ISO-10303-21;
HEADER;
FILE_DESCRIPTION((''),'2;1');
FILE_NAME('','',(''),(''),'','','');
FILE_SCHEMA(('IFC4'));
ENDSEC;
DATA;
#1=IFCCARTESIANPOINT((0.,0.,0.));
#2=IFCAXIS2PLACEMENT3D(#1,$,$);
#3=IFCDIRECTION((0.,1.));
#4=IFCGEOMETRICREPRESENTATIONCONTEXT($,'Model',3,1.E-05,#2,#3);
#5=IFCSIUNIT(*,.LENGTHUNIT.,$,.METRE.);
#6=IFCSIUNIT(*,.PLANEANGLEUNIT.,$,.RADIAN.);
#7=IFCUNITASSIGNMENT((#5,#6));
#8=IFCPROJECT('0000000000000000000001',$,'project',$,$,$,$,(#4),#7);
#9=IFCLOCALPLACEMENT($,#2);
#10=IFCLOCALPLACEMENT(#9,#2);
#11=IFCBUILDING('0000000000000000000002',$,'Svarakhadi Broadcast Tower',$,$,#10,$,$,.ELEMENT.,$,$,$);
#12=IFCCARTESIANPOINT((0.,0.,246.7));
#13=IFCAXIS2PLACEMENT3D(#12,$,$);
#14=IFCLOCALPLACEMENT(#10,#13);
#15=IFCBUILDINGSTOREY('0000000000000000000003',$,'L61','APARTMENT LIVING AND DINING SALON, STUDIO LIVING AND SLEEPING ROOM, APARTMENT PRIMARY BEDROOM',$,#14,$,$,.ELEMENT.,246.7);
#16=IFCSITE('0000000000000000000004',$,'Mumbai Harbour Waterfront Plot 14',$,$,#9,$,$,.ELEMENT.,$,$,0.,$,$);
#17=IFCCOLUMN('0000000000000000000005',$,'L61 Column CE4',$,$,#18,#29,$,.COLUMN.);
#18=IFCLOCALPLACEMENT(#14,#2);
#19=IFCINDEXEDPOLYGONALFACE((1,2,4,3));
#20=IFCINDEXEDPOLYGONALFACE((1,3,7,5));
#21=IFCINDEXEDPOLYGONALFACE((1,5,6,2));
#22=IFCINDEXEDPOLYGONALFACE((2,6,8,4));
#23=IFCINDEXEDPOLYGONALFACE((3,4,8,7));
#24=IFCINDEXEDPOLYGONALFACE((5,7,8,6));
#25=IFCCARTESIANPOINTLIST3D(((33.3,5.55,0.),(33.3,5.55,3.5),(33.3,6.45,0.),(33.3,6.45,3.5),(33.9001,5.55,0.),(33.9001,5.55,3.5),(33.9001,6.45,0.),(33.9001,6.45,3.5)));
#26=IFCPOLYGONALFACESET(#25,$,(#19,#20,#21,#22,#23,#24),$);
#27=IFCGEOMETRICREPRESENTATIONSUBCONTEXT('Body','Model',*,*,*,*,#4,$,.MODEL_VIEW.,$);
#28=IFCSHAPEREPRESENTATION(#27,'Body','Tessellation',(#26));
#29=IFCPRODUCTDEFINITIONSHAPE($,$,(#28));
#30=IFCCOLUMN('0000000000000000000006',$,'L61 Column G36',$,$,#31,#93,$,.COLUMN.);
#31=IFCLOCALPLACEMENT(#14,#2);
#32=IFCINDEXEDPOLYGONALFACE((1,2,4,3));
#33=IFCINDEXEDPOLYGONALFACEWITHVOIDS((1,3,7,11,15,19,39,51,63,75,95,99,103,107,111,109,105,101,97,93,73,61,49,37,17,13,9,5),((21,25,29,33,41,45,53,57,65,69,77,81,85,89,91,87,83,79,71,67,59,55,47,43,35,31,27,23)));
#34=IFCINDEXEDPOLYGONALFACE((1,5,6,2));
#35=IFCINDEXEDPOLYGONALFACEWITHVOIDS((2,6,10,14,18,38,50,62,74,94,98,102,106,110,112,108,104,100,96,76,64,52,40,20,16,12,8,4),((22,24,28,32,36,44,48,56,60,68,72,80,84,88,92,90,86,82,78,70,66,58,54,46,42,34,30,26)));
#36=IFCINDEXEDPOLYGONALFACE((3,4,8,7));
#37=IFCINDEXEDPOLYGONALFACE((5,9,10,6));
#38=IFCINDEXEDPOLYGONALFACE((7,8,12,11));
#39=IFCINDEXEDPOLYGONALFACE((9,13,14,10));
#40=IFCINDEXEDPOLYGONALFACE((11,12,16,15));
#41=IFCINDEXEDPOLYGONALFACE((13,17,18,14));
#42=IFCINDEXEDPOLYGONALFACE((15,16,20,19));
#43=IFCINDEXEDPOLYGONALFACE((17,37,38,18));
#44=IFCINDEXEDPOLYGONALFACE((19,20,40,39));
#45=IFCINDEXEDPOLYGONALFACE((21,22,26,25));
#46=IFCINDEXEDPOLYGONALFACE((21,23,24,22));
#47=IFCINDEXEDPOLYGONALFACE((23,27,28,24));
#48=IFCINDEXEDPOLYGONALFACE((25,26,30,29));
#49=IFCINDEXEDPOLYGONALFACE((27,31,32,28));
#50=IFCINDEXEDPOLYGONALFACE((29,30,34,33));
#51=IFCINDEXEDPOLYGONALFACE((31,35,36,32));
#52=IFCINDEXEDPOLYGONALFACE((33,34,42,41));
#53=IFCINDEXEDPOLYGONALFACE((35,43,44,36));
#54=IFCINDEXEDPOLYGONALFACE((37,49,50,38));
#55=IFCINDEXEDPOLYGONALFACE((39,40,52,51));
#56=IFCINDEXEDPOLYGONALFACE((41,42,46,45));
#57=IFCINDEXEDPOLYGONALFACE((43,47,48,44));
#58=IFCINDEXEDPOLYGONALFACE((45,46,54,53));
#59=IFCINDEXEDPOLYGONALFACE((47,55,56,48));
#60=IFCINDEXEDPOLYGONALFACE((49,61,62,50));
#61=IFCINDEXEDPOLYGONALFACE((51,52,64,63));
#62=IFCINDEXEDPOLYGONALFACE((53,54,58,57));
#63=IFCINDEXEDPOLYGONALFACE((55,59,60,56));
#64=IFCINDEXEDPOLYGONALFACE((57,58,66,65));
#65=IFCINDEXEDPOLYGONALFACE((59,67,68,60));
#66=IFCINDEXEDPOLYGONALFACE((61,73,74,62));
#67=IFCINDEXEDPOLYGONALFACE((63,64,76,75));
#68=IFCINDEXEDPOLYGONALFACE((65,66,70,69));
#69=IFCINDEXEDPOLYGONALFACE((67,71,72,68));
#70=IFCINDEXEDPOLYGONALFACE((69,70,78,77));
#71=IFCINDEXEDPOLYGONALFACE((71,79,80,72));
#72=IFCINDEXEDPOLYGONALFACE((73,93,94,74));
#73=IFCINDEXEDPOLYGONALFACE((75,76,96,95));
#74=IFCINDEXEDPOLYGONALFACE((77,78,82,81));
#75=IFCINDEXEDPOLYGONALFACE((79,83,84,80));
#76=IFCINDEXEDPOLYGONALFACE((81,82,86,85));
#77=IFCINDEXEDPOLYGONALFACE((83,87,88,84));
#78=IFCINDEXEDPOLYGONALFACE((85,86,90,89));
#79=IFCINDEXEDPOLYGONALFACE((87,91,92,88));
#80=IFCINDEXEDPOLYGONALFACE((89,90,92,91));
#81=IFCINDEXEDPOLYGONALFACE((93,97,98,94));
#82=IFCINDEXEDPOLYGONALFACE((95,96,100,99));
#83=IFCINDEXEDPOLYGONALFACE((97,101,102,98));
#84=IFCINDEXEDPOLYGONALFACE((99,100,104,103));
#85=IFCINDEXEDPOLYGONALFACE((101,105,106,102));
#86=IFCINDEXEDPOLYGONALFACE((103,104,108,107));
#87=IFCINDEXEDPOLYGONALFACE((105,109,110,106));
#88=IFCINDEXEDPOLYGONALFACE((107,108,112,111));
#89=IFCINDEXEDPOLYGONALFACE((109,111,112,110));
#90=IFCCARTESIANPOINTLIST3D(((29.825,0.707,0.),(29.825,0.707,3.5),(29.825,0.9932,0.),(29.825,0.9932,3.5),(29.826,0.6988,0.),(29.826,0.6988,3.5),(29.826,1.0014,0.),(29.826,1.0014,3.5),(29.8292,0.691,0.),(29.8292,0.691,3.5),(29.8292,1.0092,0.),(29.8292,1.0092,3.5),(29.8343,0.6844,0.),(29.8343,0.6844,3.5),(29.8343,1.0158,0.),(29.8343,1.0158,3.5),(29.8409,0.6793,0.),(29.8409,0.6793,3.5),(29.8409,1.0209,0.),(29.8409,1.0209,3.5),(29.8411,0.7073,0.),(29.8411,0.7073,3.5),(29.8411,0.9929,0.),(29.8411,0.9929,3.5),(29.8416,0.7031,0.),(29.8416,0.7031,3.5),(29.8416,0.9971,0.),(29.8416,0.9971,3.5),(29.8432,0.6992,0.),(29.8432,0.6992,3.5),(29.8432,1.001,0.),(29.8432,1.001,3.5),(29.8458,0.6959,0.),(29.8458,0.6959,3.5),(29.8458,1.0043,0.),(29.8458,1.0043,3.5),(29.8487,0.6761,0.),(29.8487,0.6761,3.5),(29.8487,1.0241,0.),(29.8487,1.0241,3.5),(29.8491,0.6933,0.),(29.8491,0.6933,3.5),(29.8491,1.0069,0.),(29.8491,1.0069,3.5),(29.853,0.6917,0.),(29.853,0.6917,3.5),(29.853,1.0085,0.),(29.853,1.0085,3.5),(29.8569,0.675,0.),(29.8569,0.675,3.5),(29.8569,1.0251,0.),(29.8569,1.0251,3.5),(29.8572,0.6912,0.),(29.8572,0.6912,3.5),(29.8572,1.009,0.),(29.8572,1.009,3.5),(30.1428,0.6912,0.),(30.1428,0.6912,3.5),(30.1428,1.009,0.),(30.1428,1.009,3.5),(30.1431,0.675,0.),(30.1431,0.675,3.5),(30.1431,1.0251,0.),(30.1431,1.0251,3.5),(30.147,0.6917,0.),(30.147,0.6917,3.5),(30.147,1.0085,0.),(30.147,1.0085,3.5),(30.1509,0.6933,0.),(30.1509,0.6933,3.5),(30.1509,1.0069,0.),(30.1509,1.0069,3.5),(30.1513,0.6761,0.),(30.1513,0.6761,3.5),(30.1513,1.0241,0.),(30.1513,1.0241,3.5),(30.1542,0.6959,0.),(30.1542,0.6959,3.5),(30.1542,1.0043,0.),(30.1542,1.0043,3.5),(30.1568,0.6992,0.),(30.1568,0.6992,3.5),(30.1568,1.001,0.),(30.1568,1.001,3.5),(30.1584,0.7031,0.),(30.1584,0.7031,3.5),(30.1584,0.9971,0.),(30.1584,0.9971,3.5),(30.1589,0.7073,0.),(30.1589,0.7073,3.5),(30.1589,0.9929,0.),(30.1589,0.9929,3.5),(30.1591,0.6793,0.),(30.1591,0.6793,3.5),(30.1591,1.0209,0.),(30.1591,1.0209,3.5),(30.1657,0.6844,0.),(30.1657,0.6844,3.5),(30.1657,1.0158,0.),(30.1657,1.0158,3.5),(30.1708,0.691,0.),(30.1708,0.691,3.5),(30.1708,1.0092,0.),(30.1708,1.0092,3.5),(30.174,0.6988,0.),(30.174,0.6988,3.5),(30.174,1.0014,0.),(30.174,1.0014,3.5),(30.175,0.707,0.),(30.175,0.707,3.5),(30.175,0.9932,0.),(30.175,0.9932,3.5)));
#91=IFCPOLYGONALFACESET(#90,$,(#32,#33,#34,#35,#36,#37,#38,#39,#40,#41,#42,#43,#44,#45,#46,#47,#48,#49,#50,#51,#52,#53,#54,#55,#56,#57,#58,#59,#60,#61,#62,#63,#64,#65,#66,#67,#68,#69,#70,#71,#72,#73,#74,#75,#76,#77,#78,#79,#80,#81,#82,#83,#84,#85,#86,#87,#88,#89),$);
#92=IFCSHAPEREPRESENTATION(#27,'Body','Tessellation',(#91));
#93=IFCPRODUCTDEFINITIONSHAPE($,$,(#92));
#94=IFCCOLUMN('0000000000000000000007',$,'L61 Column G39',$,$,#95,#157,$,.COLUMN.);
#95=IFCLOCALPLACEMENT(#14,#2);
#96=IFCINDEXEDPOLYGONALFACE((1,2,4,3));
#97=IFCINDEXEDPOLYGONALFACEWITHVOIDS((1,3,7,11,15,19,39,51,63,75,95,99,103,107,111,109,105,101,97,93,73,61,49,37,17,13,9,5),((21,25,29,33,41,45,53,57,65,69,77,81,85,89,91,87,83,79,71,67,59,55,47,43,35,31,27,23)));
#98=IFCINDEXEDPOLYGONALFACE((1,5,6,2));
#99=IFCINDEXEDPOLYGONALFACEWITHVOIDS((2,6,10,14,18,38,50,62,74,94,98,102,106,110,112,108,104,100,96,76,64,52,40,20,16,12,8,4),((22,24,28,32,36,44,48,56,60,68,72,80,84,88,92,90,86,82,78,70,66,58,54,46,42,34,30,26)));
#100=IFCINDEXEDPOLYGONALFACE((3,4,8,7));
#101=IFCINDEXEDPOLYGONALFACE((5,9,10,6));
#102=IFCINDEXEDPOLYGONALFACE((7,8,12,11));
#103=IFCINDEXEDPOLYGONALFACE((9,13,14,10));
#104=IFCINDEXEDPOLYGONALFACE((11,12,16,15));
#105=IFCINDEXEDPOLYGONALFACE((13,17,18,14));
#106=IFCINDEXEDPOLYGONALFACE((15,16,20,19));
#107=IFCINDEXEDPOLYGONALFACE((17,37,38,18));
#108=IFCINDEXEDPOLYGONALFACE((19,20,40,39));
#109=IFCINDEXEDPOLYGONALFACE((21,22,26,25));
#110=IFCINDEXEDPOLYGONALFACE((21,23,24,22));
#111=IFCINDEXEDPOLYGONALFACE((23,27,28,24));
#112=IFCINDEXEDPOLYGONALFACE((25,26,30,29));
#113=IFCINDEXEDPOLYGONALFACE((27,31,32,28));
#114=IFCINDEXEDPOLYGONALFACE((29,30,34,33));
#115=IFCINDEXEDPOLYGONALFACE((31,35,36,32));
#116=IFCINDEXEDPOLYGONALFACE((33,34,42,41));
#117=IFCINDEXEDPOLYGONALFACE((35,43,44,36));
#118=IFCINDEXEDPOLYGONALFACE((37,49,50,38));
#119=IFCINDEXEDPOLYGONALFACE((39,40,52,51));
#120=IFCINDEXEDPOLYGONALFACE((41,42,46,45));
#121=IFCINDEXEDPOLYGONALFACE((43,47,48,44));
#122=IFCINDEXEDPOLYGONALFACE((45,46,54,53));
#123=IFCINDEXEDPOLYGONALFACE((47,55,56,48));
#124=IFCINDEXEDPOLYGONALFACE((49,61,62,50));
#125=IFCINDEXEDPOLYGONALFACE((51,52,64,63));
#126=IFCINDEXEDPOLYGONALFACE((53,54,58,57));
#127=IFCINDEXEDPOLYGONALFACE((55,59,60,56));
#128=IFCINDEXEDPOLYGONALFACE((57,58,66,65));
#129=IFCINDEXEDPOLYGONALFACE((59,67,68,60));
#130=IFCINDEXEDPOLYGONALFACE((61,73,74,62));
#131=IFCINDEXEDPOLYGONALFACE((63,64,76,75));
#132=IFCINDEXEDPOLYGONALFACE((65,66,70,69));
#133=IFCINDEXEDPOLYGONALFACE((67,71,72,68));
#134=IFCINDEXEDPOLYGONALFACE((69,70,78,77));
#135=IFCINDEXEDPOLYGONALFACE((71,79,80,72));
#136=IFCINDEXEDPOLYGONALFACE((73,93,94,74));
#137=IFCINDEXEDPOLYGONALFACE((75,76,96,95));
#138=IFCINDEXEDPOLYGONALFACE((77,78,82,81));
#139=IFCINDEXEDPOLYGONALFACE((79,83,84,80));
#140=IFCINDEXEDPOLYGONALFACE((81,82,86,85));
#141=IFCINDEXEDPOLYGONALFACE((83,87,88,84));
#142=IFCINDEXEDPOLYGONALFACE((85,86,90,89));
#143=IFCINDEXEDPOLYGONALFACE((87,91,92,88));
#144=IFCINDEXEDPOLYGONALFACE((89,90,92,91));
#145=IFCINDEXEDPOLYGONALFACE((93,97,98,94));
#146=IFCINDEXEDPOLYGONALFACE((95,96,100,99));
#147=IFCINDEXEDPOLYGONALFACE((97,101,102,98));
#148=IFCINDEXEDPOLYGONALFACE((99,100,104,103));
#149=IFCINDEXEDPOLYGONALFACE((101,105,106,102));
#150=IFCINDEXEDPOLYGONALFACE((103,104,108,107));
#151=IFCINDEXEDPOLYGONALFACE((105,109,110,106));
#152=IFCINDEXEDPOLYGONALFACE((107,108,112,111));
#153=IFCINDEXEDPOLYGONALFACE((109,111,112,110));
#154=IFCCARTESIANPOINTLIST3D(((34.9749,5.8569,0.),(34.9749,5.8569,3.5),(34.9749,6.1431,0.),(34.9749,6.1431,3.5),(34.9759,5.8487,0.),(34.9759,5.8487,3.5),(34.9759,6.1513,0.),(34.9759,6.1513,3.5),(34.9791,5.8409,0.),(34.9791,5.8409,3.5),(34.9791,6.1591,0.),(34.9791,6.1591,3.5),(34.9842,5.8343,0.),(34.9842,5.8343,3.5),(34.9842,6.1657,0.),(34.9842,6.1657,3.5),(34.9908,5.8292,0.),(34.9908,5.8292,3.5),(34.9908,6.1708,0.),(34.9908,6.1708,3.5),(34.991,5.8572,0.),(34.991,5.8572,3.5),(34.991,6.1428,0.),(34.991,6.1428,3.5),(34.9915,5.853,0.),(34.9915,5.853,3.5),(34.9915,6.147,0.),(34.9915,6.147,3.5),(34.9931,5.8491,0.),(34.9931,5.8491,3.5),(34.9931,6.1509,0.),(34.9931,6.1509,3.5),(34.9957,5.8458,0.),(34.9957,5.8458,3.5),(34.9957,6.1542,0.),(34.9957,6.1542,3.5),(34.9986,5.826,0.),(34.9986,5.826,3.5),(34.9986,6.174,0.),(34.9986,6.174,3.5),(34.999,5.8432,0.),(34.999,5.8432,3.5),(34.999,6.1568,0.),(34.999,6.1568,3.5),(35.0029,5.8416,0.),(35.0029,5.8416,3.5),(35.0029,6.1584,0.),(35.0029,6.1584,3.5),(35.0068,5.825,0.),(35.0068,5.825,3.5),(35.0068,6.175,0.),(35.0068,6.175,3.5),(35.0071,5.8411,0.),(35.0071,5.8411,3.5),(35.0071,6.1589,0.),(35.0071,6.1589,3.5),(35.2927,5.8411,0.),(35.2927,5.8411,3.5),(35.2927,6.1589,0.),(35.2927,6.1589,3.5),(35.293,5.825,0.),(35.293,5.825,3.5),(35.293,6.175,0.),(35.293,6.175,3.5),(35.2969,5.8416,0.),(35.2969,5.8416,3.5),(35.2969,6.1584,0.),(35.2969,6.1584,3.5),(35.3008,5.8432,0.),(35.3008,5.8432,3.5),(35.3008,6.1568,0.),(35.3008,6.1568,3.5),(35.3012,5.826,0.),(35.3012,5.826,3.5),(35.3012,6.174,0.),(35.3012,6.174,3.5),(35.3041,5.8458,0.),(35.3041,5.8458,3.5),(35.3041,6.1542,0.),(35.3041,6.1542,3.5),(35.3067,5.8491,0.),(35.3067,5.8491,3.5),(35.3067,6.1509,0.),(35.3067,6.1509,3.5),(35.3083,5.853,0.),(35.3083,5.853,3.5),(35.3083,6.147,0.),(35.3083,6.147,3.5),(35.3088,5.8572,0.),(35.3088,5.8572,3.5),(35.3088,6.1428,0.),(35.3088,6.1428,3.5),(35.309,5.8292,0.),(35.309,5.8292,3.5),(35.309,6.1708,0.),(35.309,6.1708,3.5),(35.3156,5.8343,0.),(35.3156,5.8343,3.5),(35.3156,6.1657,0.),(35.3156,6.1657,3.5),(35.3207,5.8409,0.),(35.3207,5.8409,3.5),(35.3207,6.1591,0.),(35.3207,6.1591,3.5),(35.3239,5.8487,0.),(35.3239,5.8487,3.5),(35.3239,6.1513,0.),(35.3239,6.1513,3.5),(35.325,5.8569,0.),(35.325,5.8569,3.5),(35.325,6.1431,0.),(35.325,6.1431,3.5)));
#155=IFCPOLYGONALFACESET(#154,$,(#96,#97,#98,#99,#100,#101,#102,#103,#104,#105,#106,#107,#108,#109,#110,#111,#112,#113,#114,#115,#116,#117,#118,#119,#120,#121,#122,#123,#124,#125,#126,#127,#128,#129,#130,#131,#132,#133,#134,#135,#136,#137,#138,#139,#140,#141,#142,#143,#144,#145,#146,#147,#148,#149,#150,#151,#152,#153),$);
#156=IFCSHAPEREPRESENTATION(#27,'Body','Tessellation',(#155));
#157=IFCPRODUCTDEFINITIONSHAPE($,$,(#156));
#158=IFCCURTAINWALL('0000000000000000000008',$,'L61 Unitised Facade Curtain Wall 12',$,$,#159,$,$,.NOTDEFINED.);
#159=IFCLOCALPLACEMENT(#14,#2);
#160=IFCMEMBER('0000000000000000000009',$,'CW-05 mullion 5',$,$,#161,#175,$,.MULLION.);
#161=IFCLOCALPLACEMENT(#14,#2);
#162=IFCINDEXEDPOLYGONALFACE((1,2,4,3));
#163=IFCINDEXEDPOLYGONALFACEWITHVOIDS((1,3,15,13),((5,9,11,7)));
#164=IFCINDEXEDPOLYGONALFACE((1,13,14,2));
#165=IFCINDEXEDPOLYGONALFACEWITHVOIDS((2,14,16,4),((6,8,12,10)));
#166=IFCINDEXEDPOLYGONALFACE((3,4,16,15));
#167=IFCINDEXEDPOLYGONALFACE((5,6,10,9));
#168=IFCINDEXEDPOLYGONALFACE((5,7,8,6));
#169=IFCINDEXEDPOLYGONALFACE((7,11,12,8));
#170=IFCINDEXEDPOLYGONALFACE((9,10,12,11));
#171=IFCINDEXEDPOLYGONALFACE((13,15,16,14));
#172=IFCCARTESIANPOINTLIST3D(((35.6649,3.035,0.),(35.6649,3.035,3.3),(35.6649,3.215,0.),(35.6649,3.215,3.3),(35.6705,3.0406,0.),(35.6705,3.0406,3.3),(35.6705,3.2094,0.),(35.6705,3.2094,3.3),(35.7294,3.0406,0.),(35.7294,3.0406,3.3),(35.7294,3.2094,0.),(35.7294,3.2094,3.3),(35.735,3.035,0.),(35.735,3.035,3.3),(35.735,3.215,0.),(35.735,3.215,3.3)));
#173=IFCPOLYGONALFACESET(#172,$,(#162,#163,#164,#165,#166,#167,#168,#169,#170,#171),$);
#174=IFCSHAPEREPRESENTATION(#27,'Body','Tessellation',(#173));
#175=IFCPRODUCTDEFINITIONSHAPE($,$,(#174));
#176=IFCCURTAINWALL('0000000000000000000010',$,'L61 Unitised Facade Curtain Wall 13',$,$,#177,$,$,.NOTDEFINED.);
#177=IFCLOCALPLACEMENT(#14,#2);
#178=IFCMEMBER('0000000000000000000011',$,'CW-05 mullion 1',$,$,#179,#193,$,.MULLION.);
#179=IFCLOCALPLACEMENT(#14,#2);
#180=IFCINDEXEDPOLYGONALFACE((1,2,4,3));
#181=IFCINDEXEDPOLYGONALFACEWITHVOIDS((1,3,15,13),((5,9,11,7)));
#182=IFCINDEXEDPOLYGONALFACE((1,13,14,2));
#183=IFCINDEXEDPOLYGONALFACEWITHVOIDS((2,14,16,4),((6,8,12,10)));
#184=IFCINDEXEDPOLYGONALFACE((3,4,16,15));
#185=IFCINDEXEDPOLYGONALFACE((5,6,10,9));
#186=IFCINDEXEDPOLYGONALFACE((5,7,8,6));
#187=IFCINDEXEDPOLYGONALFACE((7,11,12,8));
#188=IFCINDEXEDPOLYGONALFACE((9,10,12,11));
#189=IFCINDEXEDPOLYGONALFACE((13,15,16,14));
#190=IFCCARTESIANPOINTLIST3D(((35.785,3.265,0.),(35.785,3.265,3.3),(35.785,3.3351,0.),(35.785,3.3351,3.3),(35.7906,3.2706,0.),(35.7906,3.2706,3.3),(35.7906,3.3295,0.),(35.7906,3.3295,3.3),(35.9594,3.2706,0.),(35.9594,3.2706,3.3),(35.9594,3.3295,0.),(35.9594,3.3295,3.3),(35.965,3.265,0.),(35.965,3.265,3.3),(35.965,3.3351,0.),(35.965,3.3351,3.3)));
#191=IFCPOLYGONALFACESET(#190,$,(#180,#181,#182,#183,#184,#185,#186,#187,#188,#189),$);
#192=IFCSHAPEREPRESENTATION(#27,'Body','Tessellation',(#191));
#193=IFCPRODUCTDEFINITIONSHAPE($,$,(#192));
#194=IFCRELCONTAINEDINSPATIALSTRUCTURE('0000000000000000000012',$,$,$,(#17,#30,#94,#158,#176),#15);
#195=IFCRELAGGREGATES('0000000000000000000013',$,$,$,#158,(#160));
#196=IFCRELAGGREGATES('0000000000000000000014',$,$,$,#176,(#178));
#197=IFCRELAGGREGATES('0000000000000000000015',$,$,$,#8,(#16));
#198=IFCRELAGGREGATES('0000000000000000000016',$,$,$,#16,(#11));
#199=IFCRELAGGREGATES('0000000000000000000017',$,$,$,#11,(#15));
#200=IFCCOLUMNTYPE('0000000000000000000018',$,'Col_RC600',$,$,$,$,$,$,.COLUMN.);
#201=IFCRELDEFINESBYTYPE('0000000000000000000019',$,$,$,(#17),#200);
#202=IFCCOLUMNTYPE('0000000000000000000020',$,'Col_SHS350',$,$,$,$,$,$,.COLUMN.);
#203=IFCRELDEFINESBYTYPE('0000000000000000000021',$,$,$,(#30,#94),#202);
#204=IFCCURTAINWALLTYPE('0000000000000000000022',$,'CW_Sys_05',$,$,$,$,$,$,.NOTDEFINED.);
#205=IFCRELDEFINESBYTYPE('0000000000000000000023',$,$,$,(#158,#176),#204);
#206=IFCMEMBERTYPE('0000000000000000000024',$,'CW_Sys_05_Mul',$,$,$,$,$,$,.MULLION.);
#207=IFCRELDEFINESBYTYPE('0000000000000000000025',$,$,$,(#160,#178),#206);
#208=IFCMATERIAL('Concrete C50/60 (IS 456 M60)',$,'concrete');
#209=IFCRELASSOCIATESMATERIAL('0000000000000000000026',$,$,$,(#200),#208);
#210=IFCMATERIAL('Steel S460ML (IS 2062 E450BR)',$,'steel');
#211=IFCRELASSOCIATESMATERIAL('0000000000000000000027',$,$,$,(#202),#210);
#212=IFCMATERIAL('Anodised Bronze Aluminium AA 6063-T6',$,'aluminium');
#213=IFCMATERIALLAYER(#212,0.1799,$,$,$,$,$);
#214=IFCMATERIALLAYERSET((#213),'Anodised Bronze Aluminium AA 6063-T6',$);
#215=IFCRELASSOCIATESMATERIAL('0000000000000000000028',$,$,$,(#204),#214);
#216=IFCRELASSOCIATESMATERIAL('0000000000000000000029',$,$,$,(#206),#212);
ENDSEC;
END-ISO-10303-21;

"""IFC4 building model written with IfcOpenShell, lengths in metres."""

from ifc_helpers import new_model, si_unit, direction, frame, origin, origin_2d, place, context, subcontext, project, spatial, rectangle, hollow_rectangle, extrude, material, layer, layer_set, material_profile, profile_set, type_object, element, aggregate, save


model = new_model("IFC4")

# Units and contexts
model_context = context("Model", 3, precision=1e-05, world=origin(), true_north=direction((0.0, 1.0)))
body_context = subcontext(model_context, "Body", "Model", "MODEL_VIEW")
ifc_project = project(units=[si_unit("LENGTHUNIT", "METRE"), si_unit("PLANEANGLEUNIT", "RADIAN")], contexts=[model_context])

# Site, building, storey
site_placement = place(None, origin())
site = spatial("IfcSite", under=ifc_project, at=site_placement, Name="Mumbai Harbour Waterfront Plot 14", CompositionType="ELEMENT", RefElevation=0.0)
building_placement = place(site_placement, origin())
building = spatial("IfcBuilding", under=site, at=building_placement, Name="Svarakhadi Broadcast Tower", CompositionType="ELEMENT")
storey_placement = place(building_placement, frame((0.0, 0.0, 246.7)))
storey = spatial("IfcBuildingStorey", under=building, at=storey_placement, Name="L61", Description="APARTMENT LIVING AND DINING SALON, STUDIO LIVING AND SLEEPING ROOM, APARTMENT PRIMARY BEDROOM", CompositionType="ELEMENT", Elevation=246.7)

# Columns
ifc_material_1 = material(Name="Concrete C50/60 (IS 456 M60)", Category="concrete")
ifc_material_profile_1 = material_profile(ifc_material_1, rectangle(XDim=0.6001, YDim=0.8999, at=origin_2d()), Name="RC 600x900")
ifc_profile_set_1 = profile_set([ifc_material_profile_1], Name="Concrete C50/60 (IS 456 M60)")
column_type_1 = type_object("IfcColumnType", Name="Col_RC600", PredefinedType="COLUMN", material=ifc_profile_set_1)
column_placement = place(storey_placement, frame((33.6001, 6.0, 0.0), z_axis=(0.0, 0.0, 1.0), x_axis=(1.0, 0.0, 0.0)))
element("IfcColumn", 1, at=column_placement, inside=storey, type_object=column_type_1, Name="L61 Column CE4", PredefinedType="COLUMN", context=body_context, shape_type="SweptSolid", body=[
    extrude(rectangle(XDim=0.6001, YDim=0.8999, at=origin_2d()), origin(), (0.0, 0.0, 1.0), 3.5),
])
ifc_material_2 = material(Name="Steel S460ML (IS 2062 E450BR)", Category="steel")
ifc_material_profile_2 = material_profile(ifc_material_2, hollow_rectangle(XDim=0.3501, YDim=0.3501, WallThickness=0.0161, InnerFilletRadius=0.0161, OuterFilletRadius=0.032, at=origin_2d()), Name="SHS 350x350x16")
ifc_profile_set_2 = profile_set([ifc_material_profile_2], Name="Steel S460ML (IS 2062 E450BR)")
column_type_2 = type_object("IfcColumnType", Name="Col_SHS350", PredefinedType="COLUMN", material=ifc_profile_set_2)
for number, where, z_axis, x_axis, name in (
    (2, (30.0, 0.8501, 0.0), (0.0, 0.0, 1.0), (1.0, 0.0, 0.0), "L61 Column G36"),
    (3, (35.1499, 6.0, 0.0), (0.0, 0.0, 1.0), (1.0, 0.0, 0.0), "L61 Column G39"),
):
    element("IfcColumn", number, at=place(storey_placement, frame(where, z_axis=z_axis, x_axis=x_axis)), inside=storey, type_object=column_type_2, Name=name, PredefinedType="COLUMN", context=body_context, shape_type="SweptSolid", body=[
        extrude(hollow_rectangle(XDim=0.3501, YDim=0.3501, WallThickness=0.0161, InnerFilletRadius=0.0161, OuterFilletRadius=0.032, at=origin_2d()), origin(), (0.0, 0.0, 1.0), 3.5),
    ])

# Curtain wall, member
ifc_material_3 = material(Name="Anodised Bronze Aluminium AA 6063-T6", Category="aluminium")
ifc_layer_1 = layer(ifc_material_3, 0.1799)
ifc_layer_set_1 = layer_set([ifc_layer_1], Name="Anodised Bronze Aluminium AA 6063-T6")
curtain_wall_type = type_object("IfcCurtainWallType", Name="CW_Sys_05", PredefinedType="NOTDEFINED", material=ifc_layer_set_1)
curtain_wall_1_placement = place(storey_placement, origin())
curtain_wall_1 = element("IfcCurtainWall", 4, at=curtain_wall_1_placement, inside=storey, type_object=curtain_wall_type, Name="L61 Unitised Facade Curtain Wall 12", PredefinedType="NOTDEFINED")
ifc_material_profile_3 = material_profile(ifc_material_3, hollow_rectangle(XDim=0.0701, YDim=0.1799, WallThickness=0.0056, at=origin_2d()), Name="ALU MULLION 180x70x6")
ifc_profile_set_3 = profile_set([ifc_material_profile_3], Name="Anodised Bronze Aluminium AA 6063-T6")
member_type_1 = type_object("IfcMemberType", Name="CW_Sys_05_Mul", PredefinedType="MULLION", material=ifc_profile_set_3)
member_1_placement = place(storey_placement, frame((35.7, 3.125, 0.0), z_axis=(0.0, 0.0, 1.0), x_axis=(1.0, 0.0, 0.0)))
member_1 = element("IfcMember", 5, at=member_1_placement, type_object=member_type_1, Name="CW-05 mullion 5", PredefinedType="MULLION", context=body_context, shape_type="SweptSolid", body=[
    extrude(hollow_rectangle(XDim=0.0701, YDim=0.1799, WallThickness=0.0056, at=origin_2d()), origin(), (0.0, 0.0, 1.0), 3.3),
])

# Curtain wall, member
curtain_wall_2_placement = place(storey_placement, origin())
curtain_wall_2 = element("IfcCurtainWall", 6, at=curtain_wall_2_placement, inside=storey, type_object=curtain_wall_type, Name="L61 Unitised Facade Curtain Wall 13", PredefinedType="NOTDEFINED")
member_2_placement = place(storey_placement, frame((35.875, 3.3, 0.0), z_axis=(0.0, 0.0, 1.0), x_axis=(0.0, -1.0, 0.0)))
member_2 = element("IfcMember", 7, at=member_2_placement, type_object=member_type_1, Name="CW-05 mullion 1", PredefinedType="MULLION", context=body_context, shape_type="SweptSolid", body=[
    extrude(hollow_rectangle(XDim=0.0701, YDim=0.1799, WallThickness=0.0056, at=origin_2d()), origin(), (0.0, 0.0, 1.0), 3.3),
])

aggregate(curtain_wall_1, [member_1])
aggregate(curtain_wall_2, [member_2])

save(model, "model.ifc")
